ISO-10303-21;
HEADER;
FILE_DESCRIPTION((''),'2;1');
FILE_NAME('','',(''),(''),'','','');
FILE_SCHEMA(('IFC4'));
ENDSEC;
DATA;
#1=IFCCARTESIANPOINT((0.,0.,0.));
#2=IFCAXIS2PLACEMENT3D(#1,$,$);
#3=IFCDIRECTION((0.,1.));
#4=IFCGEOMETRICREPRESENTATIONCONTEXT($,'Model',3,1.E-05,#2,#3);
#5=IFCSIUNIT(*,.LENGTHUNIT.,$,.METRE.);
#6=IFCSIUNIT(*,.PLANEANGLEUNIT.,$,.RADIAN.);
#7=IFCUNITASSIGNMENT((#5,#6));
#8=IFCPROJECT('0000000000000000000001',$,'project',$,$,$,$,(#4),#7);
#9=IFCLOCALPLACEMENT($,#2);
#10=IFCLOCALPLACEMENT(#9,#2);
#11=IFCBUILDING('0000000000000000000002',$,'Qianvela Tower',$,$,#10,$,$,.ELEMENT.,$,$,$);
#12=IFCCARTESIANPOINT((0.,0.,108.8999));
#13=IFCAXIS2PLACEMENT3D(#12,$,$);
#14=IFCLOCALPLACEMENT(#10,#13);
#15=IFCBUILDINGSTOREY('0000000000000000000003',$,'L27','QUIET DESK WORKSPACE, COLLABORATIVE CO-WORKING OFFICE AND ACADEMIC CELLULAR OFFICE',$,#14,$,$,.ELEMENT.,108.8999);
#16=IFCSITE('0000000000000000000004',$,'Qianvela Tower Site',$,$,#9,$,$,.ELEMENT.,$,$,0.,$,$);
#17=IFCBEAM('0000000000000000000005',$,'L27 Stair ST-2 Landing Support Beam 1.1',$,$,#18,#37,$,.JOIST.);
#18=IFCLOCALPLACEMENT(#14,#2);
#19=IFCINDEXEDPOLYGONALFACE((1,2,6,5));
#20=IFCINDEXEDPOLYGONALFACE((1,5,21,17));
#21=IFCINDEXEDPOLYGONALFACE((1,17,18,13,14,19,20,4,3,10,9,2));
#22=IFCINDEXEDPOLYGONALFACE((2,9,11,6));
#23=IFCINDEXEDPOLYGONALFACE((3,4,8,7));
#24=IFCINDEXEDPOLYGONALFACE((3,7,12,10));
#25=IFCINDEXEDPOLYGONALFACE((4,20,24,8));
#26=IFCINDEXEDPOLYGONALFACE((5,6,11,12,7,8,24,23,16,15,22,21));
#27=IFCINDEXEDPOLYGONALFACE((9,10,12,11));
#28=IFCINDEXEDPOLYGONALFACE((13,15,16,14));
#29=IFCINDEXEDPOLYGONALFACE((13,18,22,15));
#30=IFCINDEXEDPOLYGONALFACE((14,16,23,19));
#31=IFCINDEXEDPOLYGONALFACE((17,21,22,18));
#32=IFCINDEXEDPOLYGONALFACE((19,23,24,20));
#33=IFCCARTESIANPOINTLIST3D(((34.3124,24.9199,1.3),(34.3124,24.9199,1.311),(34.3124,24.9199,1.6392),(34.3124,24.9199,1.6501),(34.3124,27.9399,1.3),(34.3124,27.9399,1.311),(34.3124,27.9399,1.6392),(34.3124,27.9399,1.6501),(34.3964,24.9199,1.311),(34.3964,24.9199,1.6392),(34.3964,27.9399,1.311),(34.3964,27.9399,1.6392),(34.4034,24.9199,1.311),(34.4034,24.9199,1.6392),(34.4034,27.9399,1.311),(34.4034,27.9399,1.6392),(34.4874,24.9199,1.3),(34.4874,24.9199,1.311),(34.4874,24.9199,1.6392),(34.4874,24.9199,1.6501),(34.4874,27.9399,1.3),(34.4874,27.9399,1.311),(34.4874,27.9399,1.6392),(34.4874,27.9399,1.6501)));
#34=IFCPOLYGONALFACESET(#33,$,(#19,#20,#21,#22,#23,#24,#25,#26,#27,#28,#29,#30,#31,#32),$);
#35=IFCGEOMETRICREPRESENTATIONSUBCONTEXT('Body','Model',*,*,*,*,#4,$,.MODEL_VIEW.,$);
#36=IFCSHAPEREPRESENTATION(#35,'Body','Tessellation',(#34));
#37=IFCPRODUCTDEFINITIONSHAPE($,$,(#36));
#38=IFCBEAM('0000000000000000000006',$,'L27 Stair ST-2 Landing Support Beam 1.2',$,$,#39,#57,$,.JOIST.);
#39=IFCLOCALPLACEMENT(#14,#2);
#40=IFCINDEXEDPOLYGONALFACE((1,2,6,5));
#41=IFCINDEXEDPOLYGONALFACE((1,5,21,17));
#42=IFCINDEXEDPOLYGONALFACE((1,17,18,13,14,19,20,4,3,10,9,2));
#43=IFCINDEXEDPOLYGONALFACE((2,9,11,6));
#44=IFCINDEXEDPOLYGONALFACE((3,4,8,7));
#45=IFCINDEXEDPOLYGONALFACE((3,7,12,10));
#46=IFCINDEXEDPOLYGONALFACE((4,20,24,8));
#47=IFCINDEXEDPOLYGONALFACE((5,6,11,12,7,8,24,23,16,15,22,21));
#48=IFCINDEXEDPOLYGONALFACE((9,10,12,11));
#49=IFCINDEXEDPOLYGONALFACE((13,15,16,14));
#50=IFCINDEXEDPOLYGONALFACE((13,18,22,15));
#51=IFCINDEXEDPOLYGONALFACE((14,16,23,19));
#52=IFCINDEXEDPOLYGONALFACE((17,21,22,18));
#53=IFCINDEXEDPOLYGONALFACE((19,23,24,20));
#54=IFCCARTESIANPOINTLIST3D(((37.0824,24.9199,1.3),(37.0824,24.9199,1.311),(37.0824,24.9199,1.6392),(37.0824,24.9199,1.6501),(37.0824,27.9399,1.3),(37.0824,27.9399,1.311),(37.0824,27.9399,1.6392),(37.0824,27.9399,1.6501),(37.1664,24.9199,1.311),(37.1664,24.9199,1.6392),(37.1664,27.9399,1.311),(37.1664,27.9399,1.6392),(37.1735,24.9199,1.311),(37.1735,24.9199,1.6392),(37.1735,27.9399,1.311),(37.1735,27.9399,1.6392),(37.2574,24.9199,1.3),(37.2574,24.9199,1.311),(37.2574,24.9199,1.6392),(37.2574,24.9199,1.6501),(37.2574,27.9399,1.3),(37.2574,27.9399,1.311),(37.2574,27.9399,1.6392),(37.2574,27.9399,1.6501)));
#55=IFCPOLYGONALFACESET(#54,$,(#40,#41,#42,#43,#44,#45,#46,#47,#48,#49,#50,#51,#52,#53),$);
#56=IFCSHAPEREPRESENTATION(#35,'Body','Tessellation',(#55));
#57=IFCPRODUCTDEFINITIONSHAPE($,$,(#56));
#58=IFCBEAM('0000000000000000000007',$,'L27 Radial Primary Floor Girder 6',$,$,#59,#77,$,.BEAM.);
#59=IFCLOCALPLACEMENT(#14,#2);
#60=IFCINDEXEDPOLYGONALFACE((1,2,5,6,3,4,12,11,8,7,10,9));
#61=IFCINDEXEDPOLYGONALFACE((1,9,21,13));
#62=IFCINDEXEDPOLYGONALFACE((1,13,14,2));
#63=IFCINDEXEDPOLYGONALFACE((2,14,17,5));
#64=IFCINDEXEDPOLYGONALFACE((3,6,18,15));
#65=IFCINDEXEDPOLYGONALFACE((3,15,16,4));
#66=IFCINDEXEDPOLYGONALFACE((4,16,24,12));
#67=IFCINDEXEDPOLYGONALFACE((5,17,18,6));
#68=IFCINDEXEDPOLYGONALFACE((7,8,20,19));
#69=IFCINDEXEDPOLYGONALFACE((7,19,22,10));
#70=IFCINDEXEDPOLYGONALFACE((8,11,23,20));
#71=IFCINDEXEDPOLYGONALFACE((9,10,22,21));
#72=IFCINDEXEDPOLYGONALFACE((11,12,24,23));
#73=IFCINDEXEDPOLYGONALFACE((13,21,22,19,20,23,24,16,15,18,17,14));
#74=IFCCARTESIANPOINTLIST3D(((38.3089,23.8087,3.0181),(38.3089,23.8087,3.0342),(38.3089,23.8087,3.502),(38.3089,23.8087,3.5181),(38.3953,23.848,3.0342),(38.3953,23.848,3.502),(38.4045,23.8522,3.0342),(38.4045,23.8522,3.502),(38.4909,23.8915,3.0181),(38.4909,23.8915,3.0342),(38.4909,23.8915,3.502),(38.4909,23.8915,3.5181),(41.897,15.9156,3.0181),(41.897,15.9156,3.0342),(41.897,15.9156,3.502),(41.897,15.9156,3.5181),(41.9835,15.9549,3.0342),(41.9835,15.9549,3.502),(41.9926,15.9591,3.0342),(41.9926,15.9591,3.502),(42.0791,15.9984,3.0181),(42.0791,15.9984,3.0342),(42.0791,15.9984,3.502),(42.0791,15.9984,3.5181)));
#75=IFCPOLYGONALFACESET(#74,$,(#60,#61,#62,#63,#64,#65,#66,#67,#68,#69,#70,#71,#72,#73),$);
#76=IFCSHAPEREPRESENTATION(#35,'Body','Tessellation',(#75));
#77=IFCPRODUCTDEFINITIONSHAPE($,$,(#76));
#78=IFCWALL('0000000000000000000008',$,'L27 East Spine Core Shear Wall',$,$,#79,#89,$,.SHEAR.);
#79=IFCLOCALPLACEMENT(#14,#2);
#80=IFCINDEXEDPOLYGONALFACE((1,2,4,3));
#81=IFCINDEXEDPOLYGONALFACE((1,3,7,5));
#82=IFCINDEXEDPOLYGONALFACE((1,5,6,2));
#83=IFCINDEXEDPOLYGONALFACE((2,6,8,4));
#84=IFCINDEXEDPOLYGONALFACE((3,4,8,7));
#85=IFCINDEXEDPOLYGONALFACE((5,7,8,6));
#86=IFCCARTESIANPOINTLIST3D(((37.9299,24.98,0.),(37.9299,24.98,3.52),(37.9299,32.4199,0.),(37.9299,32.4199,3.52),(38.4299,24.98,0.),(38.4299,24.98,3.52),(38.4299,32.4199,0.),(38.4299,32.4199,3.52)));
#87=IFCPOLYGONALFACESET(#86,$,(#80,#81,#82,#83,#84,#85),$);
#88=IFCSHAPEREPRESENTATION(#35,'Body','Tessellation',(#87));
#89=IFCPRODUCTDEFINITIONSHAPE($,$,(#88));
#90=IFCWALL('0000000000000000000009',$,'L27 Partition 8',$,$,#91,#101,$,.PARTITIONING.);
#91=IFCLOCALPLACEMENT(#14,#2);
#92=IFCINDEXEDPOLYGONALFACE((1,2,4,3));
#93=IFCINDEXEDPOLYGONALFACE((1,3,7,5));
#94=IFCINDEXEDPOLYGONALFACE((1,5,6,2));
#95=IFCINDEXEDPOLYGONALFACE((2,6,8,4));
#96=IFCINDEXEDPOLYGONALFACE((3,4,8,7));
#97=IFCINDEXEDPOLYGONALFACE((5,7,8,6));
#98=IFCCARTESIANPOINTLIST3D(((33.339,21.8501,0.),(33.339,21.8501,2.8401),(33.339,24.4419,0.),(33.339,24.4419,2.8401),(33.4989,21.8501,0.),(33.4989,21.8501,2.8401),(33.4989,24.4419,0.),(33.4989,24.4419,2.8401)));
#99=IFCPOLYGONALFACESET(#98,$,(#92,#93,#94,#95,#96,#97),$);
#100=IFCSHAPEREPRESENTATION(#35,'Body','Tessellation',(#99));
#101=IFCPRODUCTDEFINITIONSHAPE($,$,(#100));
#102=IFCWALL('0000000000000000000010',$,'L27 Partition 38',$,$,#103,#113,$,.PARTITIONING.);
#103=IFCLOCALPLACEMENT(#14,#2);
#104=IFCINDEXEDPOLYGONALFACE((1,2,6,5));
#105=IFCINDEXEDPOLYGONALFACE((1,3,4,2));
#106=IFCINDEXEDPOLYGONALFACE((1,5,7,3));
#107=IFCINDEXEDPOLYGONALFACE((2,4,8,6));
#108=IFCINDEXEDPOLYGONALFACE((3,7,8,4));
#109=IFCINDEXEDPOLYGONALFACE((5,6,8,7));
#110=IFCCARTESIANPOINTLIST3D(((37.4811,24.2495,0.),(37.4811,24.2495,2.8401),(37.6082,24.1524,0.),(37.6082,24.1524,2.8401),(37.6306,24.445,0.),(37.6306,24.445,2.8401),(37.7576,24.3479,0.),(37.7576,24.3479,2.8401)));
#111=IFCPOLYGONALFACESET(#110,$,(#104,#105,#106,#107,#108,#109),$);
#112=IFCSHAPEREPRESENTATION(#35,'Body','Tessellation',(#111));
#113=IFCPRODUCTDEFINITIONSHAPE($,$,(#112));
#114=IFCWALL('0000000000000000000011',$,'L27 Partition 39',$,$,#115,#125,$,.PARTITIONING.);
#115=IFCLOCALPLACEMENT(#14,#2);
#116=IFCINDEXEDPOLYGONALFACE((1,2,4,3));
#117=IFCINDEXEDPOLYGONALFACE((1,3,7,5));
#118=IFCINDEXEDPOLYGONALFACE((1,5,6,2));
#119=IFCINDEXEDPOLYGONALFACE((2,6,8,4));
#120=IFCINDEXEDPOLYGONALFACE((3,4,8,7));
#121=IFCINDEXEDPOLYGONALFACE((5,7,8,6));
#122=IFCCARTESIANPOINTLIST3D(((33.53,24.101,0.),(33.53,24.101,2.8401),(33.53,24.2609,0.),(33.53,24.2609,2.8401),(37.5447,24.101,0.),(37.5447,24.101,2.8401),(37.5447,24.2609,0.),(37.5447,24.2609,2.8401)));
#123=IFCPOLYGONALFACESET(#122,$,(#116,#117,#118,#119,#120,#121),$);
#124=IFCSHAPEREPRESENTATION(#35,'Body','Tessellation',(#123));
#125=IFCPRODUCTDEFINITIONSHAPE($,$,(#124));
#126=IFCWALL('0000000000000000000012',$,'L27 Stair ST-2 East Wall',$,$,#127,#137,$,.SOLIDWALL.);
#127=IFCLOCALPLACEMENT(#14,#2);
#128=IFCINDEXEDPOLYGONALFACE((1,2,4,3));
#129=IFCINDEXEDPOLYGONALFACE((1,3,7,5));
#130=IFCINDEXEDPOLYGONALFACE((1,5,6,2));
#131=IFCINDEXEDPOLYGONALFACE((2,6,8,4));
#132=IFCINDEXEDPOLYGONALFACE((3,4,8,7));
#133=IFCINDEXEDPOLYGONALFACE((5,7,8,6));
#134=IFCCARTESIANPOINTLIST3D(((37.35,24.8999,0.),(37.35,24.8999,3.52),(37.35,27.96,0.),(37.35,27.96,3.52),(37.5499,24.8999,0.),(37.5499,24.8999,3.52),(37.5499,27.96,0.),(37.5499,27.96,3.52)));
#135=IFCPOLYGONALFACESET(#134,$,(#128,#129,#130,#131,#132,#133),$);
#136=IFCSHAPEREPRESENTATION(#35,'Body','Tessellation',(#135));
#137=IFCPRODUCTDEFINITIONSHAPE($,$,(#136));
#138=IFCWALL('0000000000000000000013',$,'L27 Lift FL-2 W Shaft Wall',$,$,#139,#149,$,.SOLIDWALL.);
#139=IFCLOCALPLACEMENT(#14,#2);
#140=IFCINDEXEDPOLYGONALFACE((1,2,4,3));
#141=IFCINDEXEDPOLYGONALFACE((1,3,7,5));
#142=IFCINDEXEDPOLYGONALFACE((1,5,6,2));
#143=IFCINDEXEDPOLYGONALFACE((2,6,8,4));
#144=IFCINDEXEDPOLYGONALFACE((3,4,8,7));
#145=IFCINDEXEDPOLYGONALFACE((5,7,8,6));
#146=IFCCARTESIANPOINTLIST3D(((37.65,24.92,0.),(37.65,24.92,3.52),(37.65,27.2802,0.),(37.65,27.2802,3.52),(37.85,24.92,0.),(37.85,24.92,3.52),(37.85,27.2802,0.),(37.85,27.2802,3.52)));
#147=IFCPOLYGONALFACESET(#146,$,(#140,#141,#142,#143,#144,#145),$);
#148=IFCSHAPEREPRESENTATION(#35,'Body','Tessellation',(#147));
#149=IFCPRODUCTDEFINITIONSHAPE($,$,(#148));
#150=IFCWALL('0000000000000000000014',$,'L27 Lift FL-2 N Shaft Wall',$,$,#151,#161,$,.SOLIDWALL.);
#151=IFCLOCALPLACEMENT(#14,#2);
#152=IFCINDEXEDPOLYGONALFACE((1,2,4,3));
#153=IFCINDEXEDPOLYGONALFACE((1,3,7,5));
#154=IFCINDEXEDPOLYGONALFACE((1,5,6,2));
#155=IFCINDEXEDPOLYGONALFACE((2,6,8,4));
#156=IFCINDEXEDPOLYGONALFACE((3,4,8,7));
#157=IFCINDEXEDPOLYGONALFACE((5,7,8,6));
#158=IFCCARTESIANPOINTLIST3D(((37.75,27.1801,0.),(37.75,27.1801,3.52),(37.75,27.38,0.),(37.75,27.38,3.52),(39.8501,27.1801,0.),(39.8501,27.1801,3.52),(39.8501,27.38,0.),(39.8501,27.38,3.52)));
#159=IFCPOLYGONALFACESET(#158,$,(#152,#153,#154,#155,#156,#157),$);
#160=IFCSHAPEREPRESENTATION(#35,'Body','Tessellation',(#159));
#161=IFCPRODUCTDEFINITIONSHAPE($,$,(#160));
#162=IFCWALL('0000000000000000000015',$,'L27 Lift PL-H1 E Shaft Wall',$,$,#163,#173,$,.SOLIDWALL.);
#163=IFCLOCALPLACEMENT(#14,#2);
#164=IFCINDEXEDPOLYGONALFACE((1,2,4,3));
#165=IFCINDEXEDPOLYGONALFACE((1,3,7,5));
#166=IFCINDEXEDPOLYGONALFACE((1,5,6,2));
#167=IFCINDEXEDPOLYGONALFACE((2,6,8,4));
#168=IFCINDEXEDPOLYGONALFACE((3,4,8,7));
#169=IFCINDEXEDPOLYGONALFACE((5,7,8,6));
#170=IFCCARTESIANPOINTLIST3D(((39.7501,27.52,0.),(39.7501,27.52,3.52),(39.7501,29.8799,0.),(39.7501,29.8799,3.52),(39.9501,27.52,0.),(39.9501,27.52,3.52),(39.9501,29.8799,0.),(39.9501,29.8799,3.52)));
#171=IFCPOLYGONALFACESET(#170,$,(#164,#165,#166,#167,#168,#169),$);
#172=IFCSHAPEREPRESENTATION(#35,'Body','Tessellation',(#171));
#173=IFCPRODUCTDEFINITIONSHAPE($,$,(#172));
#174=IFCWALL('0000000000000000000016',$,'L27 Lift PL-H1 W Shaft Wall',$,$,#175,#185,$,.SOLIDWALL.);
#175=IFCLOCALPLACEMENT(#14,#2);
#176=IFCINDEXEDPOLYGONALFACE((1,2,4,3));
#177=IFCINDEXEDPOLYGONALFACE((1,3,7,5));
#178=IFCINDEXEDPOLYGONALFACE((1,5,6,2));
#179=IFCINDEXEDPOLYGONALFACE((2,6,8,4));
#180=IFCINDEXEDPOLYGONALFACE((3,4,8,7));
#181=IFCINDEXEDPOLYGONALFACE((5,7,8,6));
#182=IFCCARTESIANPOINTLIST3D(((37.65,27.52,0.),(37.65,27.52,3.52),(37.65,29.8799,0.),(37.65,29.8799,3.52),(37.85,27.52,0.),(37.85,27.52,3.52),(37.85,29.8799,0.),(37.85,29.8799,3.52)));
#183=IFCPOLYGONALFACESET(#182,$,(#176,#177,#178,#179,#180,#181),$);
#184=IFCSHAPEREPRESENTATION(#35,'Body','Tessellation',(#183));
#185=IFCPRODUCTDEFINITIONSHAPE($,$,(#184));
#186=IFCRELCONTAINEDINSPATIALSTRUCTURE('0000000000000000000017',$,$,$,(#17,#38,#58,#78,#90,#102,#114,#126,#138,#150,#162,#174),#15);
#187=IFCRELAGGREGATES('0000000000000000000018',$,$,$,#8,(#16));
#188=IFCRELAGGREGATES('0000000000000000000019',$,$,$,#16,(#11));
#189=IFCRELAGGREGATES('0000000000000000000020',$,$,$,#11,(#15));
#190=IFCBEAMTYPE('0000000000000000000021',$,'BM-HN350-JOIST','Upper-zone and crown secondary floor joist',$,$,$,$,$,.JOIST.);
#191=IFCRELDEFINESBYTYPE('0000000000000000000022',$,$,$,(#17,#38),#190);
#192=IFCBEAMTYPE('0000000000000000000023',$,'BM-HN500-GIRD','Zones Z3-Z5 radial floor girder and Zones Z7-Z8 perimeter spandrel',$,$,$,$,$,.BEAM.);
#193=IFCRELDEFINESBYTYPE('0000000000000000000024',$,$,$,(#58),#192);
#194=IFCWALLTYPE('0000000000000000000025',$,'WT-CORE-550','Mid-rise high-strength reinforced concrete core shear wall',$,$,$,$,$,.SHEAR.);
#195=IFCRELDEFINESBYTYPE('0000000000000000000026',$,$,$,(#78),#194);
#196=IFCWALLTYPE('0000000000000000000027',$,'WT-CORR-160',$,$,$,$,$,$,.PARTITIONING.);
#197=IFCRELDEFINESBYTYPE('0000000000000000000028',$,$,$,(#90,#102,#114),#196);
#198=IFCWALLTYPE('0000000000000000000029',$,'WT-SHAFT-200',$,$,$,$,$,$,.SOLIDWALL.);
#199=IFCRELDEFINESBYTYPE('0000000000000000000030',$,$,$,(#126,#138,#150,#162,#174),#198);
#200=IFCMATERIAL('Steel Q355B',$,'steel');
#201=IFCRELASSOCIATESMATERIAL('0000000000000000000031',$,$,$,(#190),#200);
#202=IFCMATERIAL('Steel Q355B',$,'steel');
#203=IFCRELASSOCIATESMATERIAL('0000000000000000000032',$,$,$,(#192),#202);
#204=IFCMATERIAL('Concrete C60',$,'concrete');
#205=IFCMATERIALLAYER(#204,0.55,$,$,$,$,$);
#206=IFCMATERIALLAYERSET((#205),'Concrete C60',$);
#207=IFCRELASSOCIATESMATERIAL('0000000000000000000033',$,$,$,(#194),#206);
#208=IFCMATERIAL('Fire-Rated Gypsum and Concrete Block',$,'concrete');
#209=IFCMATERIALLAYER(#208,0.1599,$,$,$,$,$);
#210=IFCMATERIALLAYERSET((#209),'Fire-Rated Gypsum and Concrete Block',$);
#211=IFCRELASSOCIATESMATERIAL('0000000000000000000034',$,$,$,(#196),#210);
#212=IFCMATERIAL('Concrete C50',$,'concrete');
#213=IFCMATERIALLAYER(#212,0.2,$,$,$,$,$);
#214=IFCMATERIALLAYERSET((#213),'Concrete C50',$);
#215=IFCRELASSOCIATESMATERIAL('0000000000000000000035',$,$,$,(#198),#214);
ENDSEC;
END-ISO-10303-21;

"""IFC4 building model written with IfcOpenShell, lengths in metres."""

from ifc_helpers import new_model, si_unit, direction, frame, frame_2d, origin, origin_2d, place, context, subcontext, project, spatial, rectangle, i_section, extrude, material, layer, layer_set, material_profile, profile_set, type_object, element, save


model = new_model("IFC4")

# Units and contexts
model_context = context("Model", 3, precision=1e-05, world=origin(), true_north=direction((0.0, 1.0)))
body_context = subcontext(model_context, "Body", "Model", "MODEL_VIEW")
ifc_project = project(units=[si_unit("LENGTHUNIT", "METRE"), si_unit("PLANEANGLEUNIT", "RADIAN")], contexts=[model_context])

# Site, building, storey
site_placement = place(None, origin())
site = spatial("IfcSite", under=ifc_project, at=site_placement, Name="Qianvela Tower Site", CompositionType="ELEMENT", RefElevation=0.0)
building_placement = place(site_placement, origin())
building = spatial("IfcBuilding", under=site, at=building_placement, Name="Qianvela Tower", CompositionType="ELEMENT")
storey_placement = place(building_placement, frame((0.0, 0.0, 108.8999)))
storey = spatial("IfcBuildingStorey", under=building, at=storey_placement, Name="L27", Description="QUIET DESK WORKSPACE, COLLABORATIVE CO-WORKING OFFICE AND ACADEMIC CELLULAR OFFICE", CompositionType="ELEMENT", Elevation=108.8999)

# Beams
ifc_material_1 = material(Name="Steel Q355B", Category="steel")
ifc_material_profile_1 = material_profile(ifc_material_1, i_section(OverallWidth=0.175, OverallDepth=0.3501, WebThickness=0.0071, FlangeThickness=0.011, at=origin_2d()), Name="HN350x175x7x11")
ifc_profile_set_1 = profile_set([ifc_material_profile_1], Name="Steel Q355B")
beam_type_1 = type_object("IfcBeamType", Name="BM-HN350-JOIST", Description="Upper-zone and crown secondary floor joist", PredefinedType="JOIST", material=ifc_profile_set_1)
for number, where, z_axis, x_axis, name in (
    (1, (34.3999, 24.9199, 1.4751), (0.0, 1.0, 0.0), (-1.0, 0.0, 0.0), "L27 Stair ST-2 Landing Support Beam 1.1"),
    (2, (37.1699, 24.9199, 1.4751), (0.0, 1.0, 0.0), (-1.0, 0.0, 0.0), "L27 Stair ST-2 Landing Support Beam 1.2"),
):
    element("IfcBeam", number, at=place(storey_placement, frame(where, z_axis=z_axis, x_axis=x_axis)), inside=storey, type_object=beam_type_1, Name=name, PredefinedType="JOIST", context=body_context, shape_type="SweptSolid", body=[
        extrude(i_section(OverallWidth=0.175, OverallDepth=0.3501, WebThickness=0.0071, FlangeThickness=0.011, at=origin_2d()), origin(), (0.0, 0.0, 1.0), 3.02),
    ])
ifc_material_2 = material(Name="Steel Q355B", Category="steel")
ifc_material_profile_2 = material_profile(ifc_material_2, i_section(OverallWidth=0.2, OverallDepth=0.5, WebThickness=0.01, FlangeThickness=0.0161, at=origin_2d()), Name="HN500x200x10x16")
ifc_profile_set_2 = profile_set([ifc_material_profile_2], Name="Steel Q355B")
beam_type_2 = type_object("IfcBeamType", Name="BM-HN500-GIRD", Description="Zones Z3-Z5 radial floor girder and Zones Z7-Z8 perimeter spandrel", PredefinedType="BEAM", material=ifc_profile_set_2)
beam_placement = place(storey_placement, frame((38.3999, 23.8501, 3.2681), z_axis=(0.413839, -0.91035, 0.0), x_axis=(0.91035, 0.413839, 0.0)))
element("IfcBeam", 3, at=beam_placement, inside=storey, type_object=beam_type_2, Name="L27 Radial Primary Floor Girder 6", PredefinedType="BEAM", context=body_context, shape_type="SweptSolid", body=[
    extrude(i_section(OverallWidth=0.2, OverallDepth=0.5, WebThickness=0.01, FlangeThickness=0.0161, at=origin_2d()), origin(), (0.0, 0.0, 1.0), 8.6704),
])

# Walls
ifc_material_3 = material(Name="Concrete C60", Category="concrete")
ifc_layer_1 = layer(ifc_material_3, 0.55)
ifc_layer_set_1 = layer_set([ifc_layer_1], Name="Concrete C60")
wall_type_1 = type_object("IfcWallType", Name="WT-CORE-550", Description="Mid-rise high-strength reinforced concrete core shear wall", PredefinedType="SHEAR", material=ifc_layer_set_1)
wall_1_placement = place(storey_placement, frame((38.1799, 24.98, 0.0), z_axis=(0.0, 0.0, 1.0), x_axis=(0.0, 1.0, 0.0)))
element("IfcWall", 4, at=wall_1_placement, inside=storey, type_object=wall_type_1, Name="L27 East Spine Core Shear Wall", PredefinedType="SHEAR", context=body_context, shape_type="SweptSolid", body=[
    extrude(rectangle(XDim=7.4399, YDim=0.5, at=frame_2d((3.72, 0.0))), origin(), (0.0, 0.0, 1.0), 3.52),
])
ifc_material_4 = material(Name="Fire-Rated Gypsum and Concrete Block", Category="concrete")
ifc_layer_2 = layer(ifc_material_4, 0.1599)
ifc_layer_set_2 = layer_set([ifc_layer_2], Name="Fire-Rated Gypsum and Concrete Block")
wall_type_2 = type_object("IfcWallType", Name="WT-CORR-160", PredefinedType="PARTITIONING", material=ifc_layer_set_2)
wall_2_placement = place(storey_placement, frame((33.4189, 24.4419, 0.0), z_axis=(0.0, 0.0, 1.0), x_axis=(0.0, -1.0, 0.0)))
element("IfcWall", 5, at=wall_2_placement, inside=storey, type_object=wall_type_2, Name="L27 Partition 8", PredefinedType="PARTITIONING", context=body_context, shape_type="SweptSolid", body=[
    extrude(rectangle(XDim=2.5918, YDim=0.1599, at=frame_2d((1.2959, 0.0))), origin(), (0.0, 0.0, 1.0), 2.8401),
])
wall_3_placement = place(storey_placement, frame((37.6941, 24.3965, 0.0), z_axis=(0.0, 0.0, 1.0), x_axis=(-0.607119, -0.794611, 0.0)))
element("IfcWall", 6, at=wall_3_placement, inside=storey, type_object=wall_type_2, Name="L27 Partition 38", PredefinedType="PARTITIONING", context=body_context, shape_type="SweptSolid", body=[
    extrude(rectangle(XDim=0.2461, YDim=0.1599, at=frame_2d((0.123, 0.0))), origin(), (0.0, 0.0, 1.0), 2.8401),
])
wall_4_placement = place(storey_placement, frame((37.5447, 24.1809, 0.0), z_axis=(0.0, 0.0, 1.0), x_axis=(-1.0, 0.0, 0.0)))
element("IfcWall", 7, at=wall_4_placement, inside=storey, type_object=wall_type_2, Name="L27 Partition 39", PredefinedType="PARTITIONING", context=body_context, shape_type="SweptSolid", body=[
    extrude(rectangle(XDim=4.0146, YDim=0.1599, at=frame_2d((2.0073, 0.0))), origin(), (0.0, 0.0, 1.0), 2.8401),
])
ifc_material_5 = material(Name="Concrete C50", Category="concrete")
ifc_layer_3 = layer(ifc_material_5, 0.2)
ifc_layer_set_3 = layer_set([ifc_layer_3], Name="Concrete C50")
wall_type_3 = type_object("IfcWallType", Name="WT-SHAFT-200", PredefinedType="SOLIDWALL", material=ifc_layer_set_3)
wall_5_placement = place(storey_placement, frame((37.45, 24.8999, 0.0), z_axis=(0.0, 0.0, 1.0), x_axis=(0.0, 1.0, 0.0)))
element("IfcWall", 8, at=wall_5_placement, inside=storey, type_object=wall_type_3, Name="L27 Stair ST-2 East Wall", PredefinedType="SOLIDWALL", context=body_context, shape_type="SweptSolid", body=[
    extrude(rectangle(XDim=3.0601, YDim=0.2, at=frame_2d((1.53, 0.0))), origin(), (0.0, 0.0, 1.0), 3.52),
])

# Walls
wall_6_placement = place(storey_placement, frame((37.75, 24.9199, 0.0), z_axis=(0.0, 0.0, 1.0), x_axis=(0.0, 1.0, 0.0)))
element("IfcWall", 9, at=wall_6_placement, inside=storey, type_object=wall_type_3, Name="L27 Lift FL-2 W Shaft Wall", PredefinedType="SOLIDWALL", context=body_context, shape_type="SweptSolid", body=[
    extrude(rectangle(XDim=2.3601, YDim=0.2, at=frame_2d((1.1802, 0.0))), origin(), (0.0, 0.0, 1.0), 3.52),
])
wall_7_placement = place(storey_placement, frame((37.75, 27.28, 0.0), z_axis=(0.0, 0.0, 1.0), x_axis=(1.0, 0.0, 0.0)))
element("IfcWall", 10, at=wall_7_placement, inside=storey, type_object=wall_type_3, Name="L27 Lift FL-2 N Shaft Wall", PredefinedType="SOLIDWALL", context=body_context, shape_type="SweptSolid", body=[
    extrude(rectangle(XDim=2.1001, YDim=0.2, at=frame_2d((1.05, 0.0))), origin(), (0.0, 0.0, 1.0), 3.52),
])
for number, where, z_axis, x_axis, name in (
    (11, (39.8501, 27.52, 0.0), (0.0, 0.0, 1.0), (0.0, 1.0, 0.0), "L27 Lift PL-H1 E Shaft Wall"),
    (12, (37.75, 27.52, 0.0), (0.0, 0.0, 1.0), (0.0, 1.0, 0.0), "L27 Lift PL-H1 W Shaft Wall"),
):
    element("IfcWall", number, at=place(storey_placement, frame(where, z_axis=z_axis, x_axis=x_axis)), inside=storey, type_object=wall_type_3, Name=name, PredefinedType="SOLIDWALL", context=body_context, shape_type="SweptSolid", body=[
        extrude(rectangle(XDim=2.3599, YDim=0.2, at=frame_2d((1.1799, 0.0))), origin(), (0.0, 0.0, 1.0), 3.52),
    ])

save(model, "model.ifc")
